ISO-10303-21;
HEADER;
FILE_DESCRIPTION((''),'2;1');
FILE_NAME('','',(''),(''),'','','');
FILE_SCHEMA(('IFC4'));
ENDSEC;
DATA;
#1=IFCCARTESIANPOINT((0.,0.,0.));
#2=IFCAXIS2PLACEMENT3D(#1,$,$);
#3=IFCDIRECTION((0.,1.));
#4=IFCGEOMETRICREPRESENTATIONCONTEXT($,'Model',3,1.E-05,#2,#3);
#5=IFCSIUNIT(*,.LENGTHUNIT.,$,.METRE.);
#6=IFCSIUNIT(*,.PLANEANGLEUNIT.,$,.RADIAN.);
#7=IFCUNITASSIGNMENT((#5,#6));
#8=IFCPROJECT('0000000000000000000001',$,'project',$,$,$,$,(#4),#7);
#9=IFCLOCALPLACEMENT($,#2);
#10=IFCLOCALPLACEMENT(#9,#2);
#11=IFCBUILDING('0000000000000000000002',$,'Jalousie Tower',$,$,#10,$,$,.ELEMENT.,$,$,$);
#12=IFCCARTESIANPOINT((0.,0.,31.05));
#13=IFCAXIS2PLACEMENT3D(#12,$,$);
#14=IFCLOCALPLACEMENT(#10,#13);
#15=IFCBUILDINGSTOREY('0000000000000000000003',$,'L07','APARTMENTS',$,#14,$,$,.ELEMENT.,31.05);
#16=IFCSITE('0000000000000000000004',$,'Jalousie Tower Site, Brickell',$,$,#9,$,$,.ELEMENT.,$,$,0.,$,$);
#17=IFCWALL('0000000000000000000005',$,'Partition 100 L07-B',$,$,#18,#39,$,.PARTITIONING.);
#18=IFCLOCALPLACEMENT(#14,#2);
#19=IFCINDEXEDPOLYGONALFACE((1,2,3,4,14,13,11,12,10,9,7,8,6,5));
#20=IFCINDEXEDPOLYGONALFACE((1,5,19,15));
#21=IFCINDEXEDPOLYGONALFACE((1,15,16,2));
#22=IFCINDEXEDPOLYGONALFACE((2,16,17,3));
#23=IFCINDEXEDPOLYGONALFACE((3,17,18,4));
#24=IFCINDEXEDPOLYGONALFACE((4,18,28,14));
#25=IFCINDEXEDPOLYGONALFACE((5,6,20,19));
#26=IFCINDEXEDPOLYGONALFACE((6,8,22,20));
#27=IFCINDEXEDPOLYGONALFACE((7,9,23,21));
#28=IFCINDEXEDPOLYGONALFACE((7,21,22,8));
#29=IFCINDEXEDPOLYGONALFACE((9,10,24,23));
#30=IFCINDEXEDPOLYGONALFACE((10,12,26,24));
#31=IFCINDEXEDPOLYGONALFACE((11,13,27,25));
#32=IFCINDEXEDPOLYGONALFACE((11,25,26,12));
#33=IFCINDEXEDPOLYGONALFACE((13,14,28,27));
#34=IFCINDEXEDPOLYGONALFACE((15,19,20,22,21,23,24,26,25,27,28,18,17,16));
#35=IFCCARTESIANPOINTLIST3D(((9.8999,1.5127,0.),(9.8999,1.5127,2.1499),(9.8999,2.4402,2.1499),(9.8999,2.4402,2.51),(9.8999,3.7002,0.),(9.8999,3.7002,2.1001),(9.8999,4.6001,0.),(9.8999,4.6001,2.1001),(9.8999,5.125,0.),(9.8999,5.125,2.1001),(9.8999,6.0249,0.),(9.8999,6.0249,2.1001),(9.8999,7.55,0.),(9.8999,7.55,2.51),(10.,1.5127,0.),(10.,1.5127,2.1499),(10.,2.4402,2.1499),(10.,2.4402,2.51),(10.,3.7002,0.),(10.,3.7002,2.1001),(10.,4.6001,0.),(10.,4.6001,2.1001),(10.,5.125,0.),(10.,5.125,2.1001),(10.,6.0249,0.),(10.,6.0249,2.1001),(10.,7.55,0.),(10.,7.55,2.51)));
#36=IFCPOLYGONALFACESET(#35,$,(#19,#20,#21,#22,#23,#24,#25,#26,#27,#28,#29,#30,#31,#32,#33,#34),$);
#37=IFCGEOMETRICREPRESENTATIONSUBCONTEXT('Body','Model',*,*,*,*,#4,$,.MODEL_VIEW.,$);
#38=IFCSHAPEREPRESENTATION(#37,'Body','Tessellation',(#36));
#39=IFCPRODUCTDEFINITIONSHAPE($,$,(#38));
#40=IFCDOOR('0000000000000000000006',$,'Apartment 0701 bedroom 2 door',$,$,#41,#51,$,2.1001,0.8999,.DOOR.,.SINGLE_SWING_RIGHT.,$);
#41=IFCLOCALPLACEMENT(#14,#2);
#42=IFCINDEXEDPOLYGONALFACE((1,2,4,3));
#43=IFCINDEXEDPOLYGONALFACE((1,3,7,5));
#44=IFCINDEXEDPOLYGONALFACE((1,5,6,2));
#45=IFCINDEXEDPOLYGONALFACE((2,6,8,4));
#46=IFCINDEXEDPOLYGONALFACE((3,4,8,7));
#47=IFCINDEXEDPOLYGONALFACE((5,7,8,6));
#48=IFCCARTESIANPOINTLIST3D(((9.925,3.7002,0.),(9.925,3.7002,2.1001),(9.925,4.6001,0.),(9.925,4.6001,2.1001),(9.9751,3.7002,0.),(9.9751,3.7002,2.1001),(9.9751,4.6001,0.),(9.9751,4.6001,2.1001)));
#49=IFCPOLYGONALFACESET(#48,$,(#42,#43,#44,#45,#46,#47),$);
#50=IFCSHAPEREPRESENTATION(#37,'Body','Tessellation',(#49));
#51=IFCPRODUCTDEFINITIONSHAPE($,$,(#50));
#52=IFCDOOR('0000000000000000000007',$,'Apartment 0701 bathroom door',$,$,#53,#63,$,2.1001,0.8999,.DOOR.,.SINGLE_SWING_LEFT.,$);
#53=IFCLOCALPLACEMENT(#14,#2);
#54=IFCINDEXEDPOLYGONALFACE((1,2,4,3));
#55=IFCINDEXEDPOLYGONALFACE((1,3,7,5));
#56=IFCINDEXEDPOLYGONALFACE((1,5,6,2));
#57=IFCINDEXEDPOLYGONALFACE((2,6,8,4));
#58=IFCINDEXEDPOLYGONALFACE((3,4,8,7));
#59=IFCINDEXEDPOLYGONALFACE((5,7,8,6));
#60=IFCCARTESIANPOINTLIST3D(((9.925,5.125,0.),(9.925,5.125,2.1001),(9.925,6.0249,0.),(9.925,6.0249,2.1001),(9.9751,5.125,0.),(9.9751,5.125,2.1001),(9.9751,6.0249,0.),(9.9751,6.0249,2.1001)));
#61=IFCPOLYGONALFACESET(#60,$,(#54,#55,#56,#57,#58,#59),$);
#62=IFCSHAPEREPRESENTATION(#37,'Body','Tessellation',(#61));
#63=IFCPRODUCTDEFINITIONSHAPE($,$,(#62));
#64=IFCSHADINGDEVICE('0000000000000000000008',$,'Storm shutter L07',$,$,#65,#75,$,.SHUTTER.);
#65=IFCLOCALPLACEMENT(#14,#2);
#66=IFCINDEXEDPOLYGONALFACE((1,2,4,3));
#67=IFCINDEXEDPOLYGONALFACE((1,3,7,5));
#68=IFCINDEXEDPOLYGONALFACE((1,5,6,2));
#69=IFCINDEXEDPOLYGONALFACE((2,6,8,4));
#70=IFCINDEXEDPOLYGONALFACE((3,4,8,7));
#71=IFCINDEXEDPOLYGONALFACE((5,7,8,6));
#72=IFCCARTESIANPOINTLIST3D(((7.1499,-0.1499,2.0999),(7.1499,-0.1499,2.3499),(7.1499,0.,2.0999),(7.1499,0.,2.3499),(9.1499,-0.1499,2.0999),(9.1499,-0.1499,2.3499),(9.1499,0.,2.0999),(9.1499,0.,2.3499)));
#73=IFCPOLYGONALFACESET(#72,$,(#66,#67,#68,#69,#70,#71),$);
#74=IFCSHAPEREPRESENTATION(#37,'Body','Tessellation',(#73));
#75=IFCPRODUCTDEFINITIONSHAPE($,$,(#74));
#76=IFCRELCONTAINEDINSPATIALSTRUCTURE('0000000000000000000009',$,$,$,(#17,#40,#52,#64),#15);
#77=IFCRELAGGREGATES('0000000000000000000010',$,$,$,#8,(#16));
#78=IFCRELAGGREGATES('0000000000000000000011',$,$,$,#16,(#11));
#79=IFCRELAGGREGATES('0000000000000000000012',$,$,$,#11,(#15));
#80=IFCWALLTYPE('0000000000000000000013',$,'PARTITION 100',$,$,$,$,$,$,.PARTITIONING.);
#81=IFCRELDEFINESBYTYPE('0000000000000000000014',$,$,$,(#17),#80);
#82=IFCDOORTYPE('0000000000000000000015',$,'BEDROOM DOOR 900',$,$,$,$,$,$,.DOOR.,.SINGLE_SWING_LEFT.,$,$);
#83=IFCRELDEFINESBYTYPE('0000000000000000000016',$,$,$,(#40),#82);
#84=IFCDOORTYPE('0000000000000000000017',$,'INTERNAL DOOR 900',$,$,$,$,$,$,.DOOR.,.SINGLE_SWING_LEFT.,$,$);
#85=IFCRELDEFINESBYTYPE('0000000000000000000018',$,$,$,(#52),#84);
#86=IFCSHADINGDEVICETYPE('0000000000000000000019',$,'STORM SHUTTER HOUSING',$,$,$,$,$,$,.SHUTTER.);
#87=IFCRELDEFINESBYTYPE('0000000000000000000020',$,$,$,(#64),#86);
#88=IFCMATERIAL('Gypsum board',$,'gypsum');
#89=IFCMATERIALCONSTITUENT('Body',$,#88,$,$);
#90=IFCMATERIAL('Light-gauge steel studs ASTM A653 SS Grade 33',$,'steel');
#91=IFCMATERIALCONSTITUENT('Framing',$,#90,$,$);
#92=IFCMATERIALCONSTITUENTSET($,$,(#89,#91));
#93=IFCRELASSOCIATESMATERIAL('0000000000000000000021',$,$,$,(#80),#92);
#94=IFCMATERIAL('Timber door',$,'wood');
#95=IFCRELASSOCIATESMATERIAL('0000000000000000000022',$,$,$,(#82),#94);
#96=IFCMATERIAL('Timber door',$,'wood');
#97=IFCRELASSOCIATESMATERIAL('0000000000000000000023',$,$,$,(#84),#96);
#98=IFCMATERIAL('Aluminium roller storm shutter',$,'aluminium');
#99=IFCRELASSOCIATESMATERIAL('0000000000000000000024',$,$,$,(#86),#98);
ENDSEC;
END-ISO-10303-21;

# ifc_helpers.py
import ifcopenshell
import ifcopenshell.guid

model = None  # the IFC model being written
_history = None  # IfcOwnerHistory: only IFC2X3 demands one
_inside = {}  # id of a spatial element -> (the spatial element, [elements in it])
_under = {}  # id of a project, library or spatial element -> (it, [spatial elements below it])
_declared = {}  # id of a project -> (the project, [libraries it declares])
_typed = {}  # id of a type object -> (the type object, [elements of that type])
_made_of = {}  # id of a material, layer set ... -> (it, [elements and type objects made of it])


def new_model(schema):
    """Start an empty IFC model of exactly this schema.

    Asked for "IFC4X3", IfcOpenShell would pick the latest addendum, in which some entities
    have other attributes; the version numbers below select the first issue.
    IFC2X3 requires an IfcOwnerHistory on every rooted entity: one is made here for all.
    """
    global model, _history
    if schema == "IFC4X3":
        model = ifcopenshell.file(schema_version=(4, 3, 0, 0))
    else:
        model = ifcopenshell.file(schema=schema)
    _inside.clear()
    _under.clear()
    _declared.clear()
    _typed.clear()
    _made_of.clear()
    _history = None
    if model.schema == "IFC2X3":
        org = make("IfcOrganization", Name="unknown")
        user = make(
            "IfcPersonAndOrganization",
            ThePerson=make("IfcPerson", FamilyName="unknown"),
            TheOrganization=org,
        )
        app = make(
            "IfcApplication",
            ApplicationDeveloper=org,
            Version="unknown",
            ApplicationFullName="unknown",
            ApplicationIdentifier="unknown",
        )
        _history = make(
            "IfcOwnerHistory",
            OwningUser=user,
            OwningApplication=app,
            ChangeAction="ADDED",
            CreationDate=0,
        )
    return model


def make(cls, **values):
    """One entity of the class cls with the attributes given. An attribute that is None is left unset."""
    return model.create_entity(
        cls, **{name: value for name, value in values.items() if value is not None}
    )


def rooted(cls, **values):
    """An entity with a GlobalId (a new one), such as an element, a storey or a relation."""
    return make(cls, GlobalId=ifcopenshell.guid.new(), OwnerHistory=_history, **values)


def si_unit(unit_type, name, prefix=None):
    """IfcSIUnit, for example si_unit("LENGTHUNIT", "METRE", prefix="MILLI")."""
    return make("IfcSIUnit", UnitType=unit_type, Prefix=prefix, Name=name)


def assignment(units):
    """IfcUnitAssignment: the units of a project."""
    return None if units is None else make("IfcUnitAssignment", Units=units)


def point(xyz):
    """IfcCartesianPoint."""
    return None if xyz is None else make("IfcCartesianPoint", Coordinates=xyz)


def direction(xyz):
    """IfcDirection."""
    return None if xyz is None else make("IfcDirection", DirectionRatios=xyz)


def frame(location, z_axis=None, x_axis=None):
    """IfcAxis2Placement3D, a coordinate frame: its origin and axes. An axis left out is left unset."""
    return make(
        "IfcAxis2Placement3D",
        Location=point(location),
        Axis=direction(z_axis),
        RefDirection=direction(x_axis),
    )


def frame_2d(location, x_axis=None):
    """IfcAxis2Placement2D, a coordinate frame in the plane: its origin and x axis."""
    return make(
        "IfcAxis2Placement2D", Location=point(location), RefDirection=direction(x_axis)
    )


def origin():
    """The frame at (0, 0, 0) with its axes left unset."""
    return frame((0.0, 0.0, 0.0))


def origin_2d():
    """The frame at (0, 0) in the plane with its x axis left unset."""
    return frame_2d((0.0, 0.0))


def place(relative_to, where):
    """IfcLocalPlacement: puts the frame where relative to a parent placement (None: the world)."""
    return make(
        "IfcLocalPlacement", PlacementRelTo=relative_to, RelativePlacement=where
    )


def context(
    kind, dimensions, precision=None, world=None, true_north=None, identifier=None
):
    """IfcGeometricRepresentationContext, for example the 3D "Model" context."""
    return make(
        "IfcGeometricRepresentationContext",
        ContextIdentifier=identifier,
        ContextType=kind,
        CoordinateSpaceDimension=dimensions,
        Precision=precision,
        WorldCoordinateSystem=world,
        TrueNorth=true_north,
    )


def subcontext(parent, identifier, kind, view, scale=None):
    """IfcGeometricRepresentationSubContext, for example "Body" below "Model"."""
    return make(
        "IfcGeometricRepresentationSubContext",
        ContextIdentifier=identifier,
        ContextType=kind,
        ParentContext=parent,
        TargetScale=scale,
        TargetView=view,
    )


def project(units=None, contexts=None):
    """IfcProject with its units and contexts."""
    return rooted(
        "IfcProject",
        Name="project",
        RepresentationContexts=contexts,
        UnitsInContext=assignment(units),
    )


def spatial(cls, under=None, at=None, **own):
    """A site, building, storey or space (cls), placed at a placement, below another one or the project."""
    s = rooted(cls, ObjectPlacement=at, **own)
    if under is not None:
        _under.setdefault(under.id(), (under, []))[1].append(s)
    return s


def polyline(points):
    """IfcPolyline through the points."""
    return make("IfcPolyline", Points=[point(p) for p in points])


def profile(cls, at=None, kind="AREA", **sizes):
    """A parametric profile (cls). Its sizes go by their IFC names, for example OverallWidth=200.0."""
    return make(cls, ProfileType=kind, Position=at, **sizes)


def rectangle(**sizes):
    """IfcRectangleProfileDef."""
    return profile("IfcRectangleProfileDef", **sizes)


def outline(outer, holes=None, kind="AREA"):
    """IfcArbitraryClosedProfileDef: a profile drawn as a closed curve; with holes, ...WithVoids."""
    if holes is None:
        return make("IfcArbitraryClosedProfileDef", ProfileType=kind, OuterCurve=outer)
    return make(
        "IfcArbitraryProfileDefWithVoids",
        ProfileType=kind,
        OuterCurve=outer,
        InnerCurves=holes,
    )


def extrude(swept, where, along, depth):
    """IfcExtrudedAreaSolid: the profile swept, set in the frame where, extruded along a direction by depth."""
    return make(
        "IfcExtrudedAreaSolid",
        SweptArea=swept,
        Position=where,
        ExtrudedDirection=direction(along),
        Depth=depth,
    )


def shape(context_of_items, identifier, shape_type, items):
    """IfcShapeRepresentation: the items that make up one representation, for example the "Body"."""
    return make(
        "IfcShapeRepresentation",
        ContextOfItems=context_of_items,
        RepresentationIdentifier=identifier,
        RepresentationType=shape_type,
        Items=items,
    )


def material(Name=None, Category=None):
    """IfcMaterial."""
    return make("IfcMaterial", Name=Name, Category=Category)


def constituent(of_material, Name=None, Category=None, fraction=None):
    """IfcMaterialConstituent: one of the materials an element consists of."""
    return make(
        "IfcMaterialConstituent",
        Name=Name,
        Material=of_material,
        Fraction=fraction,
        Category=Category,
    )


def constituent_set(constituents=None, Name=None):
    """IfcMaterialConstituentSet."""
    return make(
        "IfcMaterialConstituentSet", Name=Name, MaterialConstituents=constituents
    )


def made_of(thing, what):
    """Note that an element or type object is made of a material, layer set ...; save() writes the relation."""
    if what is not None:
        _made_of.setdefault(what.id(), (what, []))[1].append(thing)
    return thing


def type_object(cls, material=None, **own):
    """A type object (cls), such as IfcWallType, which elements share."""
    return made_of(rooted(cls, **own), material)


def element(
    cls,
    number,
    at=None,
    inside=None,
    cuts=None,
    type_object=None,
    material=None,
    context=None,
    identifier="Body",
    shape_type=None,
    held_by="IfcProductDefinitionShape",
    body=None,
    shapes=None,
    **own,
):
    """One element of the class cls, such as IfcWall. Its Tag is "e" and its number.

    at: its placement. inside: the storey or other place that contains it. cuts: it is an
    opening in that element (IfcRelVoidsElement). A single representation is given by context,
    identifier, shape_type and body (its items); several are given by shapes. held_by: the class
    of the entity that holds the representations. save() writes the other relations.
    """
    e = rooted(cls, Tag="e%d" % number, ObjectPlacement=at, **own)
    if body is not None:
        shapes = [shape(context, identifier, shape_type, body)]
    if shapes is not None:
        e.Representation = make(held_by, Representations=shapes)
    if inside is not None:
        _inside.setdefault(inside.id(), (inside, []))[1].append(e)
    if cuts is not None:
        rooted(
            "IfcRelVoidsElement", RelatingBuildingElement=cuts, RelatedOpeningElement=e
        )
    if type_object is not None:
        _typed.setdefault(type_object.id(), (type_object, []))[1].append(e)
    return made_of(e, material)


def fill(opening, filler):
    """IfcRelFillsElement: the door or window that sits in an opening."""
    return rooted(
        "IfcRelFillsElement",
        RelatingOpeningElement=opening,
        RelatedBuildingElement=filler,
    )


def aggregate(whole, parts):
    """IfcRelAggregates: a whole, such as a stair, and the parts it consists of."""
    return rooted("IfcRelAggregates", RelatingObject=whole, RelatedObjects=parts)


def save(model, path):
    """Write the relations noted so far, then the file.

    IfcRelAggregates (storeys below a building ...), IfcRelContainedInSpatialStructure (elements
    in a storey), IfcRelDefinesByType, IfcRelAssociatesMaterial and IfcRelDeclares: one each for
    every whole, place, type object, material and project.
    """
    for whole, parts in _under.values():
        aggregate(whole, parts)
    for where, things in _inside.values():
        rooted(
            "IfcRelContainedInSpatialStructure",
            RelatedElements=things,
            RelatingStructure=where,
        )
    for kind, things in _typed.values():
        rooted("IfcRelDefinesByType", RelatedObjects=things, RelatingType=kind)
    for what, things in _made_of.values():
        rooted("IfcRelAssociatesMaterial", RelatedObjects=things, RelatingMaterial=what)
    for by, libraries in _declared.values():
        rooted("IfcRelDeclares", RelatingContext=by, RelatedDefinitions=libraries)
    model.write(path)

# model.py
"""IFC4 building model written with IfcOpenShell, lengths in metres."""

from ifc_helpers import new_model, si_unit, direction, frame, frame_2d, origin, origin_2d, place, context, subcontext, project, spatial, polyline, rectangle, outline, extrude, material, constituent, constituent_set, type_object, element, fill, save


model = new_model("IFC4")

# Units and contexts
model_context = context("Model", 3, precision=1e-05, world=origin(), true_north=direction((0.0, 1.0)))
body_context = subcontext(model_context, "Body", "Model", "MODEL_VIEW")
ifc_project = project(units=[si_unit("LENGTHUNIT", "METRE"), si_unit("PLANEANGLEUNIT", "RADIAN")], contexts=[model_context])

# Site, building, storey
site_placement = place(None, origin())
site = spatial("IfcSite", under=ifc_project, at=site_placement, Name="Jalousie Tower Site, Brickell", CompositionType="ELEMENT", RefElevation=0.0)
building_placement = place(site_placement, origin())
building = spatial("IfcBuilding", under=site, at=building_placement, Name="Jalousie Tower", CompositionType="ELEMENT")
storey_placement = place(building_placement, frame((0.0, 0.0, 31.05)))
storey = spatial("IfcBuildingStorey", under=building, at=storey_placement, Name="L07", Description="APARTMENTS", CompositionType="ELEMENT", Elevation=31.05)

# Shared definitions
ifc_material_1 = material(Name="Gypsum board", Category="gypsum")
ifc_constituent_1 = constituent(ifc_material_1, Name="Body")
ifc_material_2 = material(Name="Light-gauge steel studs ASTM A653 SS Grade 33", Category="steel")
ifc_constituent_2 = constituent(ifc_material_2, Name="Framing")
ifc_constituent_set_1 = constituent_set(constituents=[ifc_constituent_1, ifc_constituent_2])
wall_type_1 = type_object("IfcWallType", Name="PARTITION 100", PredefinedType="PARTITIONING", material=ifc_constituent_set_1)
ifc_material_3 = material(Name="Timber door", Category="wood")
door_type_1 = type_object("IfcDoorType", Name="BEDROOM DOOR 900", OperationType="SINGLE_SWING_LEFT", PredefinedType="DOOR", material=ifc_material_3)

# Wall, openings, doors
wall_1_placement = place(storey_placement, frame((9.95, 1.5127, 0.0), z_axis=(0.0, 0.0, 1.0), x_axis=(0.0, 1.0, 0.0)))
wall_1 = element("IfcWall", 1, at=wall_1_placement, inside=storey, type_object=wall_type_1, Name="Partition 100 L07-B", PredefinedType="PARTITIONING", context=body_context, shape_type="SweptSolid", body=[
    extrude(outline(polyline([(0.0, 0.0), (6.0374, 0.0), (6.0374, 2.51), (0.9275, 2.51), (0.9275, 2.1499), (0.0, 2.1499), (0.0, 0.0)])), frame((0.0, 0.05, 0.0), z_axis=(0.0, -1.0, 0.0), x_axis=(1.0, 0.0, 0.0)), (0.0, 0.0, 1.0), 0.1001),
])
opening_1_placement = place(wall_1_placement, frame((2.1875, 0.0, 0.0)))
opening_1 = element("IfcOpeningElement", 2, at=opening_1_placement, cuts=wall_1, PredefinedType="OPENING", context=body_context, shape_type="SweptSolid", body=[
    extrude(rectangle(XDim=0.8999, YDim=2.1001, at=frame_2d((0.45, 1.05))), frame((0.0, 0.0601, 0.0), z_axis=(0.0, -1.0, 0.0), x_axis=(1.0, 0.0, 0.0)), (0.0, 0.0, 1.0), 0.1201),
])
opening_2_placement = place(wall_1_placement, frame((3.6123, 0.0, 0.0)))
opening_2 = element("IfcOpeningElement", 3, at=opening_2_placement, cuts=wall_1, PredefinedType="OPENING", context=body_context, shape_type="SweptSolid", body=[
    extrude(rectangle(XDim=0.8999, YDim=2.1001, at=frame_2d((0.45, 1.05))), frame((0.0, 0.0601, 0.0), z_axis=(0.0, -1.0, 0.0), x_axis=(1.0, 0.0, 0.0)), (0.0, 0.0, 1.0), 0.1201),
])
door_1_placement = place(opening_1_placement, origin())
door_1 = element("IfcDoor", 4, at=door_1_placement, inside=storey, type_object=door_type_1, Name="Apartment 0701 bedroom 2 door", OperationType="SINGLE_SWING_RIGHT", OverallHeight=2.1001, OverallWidth=0.8999, PredefinedType="DOOR", context=body_context, shape_type="SweptSolid", body=[
    extrude(rectangle(XDim=0.8999, YDim=2.1001, at=frame_2d((0.45, 1.05))), frame((0.0, 0.0249, 0.0), z_axis=(0.0, -1.0, 0.0), x_axis=(1.0, 0.0, 0.0)), (0.0, 0.0, 1.0), 0.05),
])
fill(opening_1, door_1)
ifc_material_4 = material(Name="Timber door", Category="wood")
door_type_2 = type_object("IfcDoorType", Name="INTERNAL DOOR 900", OperationType="SINGLE_SWING_LEFT", PredefinedType="DOOR", material=ifc_material_4)
door_2_placement = place(opening_2_placement, origin())
door_2 = element("IfcDoor", 5, at=door_2_placement, inside=storey, type_object=door_type_2, Name="Apartment 0701 bathroom door", OperationType="SINGLE_SWING_LEFT", OverallHeight=2.1001, OverallWidth=0.8999, PredefinedType="DOOR", context=body_context, shape_type="SweptSolid", body=[
    extrude(rectangle(XDim=0.8999, YDim=2.1001, at=frame_2d((0.45, 1.05))), frame((0.0, 0.0249, 0.0), z_axis=(0.0, -1.0, 0.0), x_axis=(1.0, 0.0, 0.0)), (0.0, 0.0, 1.0), 0.05),
])
fill(opening_2, door_2)

# Shading device
ifc_material_5 = material(Name="Aluminium roller storm shutter", Category="aluminium")
shading_device_type = type_object("IfcShadingDeviceType", Name="STORM SHUTTER HOUSING", PredefinedType="SHUTTER", material=ifc_material_5)
shading_device_placement = place(storey_placement, frame((8.1499, -0.075, 2.0999), z_axis=(0.0, 0.0, 1.0), x_axis=(1.0, 0.0, 0.0)))
element("IfcShadingDevice", 6, at=shading_device_placement, inside=storey, type_object=shading_device_type, Name="Storm shutter L07", PredefinedType="SHUTTER", context=body_context, shape_type="SweptSolid", body=[
    extrude(rectangle(XDim=2.0, YDim=0.1499, at=origin_2d()), origin(), (0.0, 0.0, 1.0), 0.25),
])

save(model, "model.ifc")
